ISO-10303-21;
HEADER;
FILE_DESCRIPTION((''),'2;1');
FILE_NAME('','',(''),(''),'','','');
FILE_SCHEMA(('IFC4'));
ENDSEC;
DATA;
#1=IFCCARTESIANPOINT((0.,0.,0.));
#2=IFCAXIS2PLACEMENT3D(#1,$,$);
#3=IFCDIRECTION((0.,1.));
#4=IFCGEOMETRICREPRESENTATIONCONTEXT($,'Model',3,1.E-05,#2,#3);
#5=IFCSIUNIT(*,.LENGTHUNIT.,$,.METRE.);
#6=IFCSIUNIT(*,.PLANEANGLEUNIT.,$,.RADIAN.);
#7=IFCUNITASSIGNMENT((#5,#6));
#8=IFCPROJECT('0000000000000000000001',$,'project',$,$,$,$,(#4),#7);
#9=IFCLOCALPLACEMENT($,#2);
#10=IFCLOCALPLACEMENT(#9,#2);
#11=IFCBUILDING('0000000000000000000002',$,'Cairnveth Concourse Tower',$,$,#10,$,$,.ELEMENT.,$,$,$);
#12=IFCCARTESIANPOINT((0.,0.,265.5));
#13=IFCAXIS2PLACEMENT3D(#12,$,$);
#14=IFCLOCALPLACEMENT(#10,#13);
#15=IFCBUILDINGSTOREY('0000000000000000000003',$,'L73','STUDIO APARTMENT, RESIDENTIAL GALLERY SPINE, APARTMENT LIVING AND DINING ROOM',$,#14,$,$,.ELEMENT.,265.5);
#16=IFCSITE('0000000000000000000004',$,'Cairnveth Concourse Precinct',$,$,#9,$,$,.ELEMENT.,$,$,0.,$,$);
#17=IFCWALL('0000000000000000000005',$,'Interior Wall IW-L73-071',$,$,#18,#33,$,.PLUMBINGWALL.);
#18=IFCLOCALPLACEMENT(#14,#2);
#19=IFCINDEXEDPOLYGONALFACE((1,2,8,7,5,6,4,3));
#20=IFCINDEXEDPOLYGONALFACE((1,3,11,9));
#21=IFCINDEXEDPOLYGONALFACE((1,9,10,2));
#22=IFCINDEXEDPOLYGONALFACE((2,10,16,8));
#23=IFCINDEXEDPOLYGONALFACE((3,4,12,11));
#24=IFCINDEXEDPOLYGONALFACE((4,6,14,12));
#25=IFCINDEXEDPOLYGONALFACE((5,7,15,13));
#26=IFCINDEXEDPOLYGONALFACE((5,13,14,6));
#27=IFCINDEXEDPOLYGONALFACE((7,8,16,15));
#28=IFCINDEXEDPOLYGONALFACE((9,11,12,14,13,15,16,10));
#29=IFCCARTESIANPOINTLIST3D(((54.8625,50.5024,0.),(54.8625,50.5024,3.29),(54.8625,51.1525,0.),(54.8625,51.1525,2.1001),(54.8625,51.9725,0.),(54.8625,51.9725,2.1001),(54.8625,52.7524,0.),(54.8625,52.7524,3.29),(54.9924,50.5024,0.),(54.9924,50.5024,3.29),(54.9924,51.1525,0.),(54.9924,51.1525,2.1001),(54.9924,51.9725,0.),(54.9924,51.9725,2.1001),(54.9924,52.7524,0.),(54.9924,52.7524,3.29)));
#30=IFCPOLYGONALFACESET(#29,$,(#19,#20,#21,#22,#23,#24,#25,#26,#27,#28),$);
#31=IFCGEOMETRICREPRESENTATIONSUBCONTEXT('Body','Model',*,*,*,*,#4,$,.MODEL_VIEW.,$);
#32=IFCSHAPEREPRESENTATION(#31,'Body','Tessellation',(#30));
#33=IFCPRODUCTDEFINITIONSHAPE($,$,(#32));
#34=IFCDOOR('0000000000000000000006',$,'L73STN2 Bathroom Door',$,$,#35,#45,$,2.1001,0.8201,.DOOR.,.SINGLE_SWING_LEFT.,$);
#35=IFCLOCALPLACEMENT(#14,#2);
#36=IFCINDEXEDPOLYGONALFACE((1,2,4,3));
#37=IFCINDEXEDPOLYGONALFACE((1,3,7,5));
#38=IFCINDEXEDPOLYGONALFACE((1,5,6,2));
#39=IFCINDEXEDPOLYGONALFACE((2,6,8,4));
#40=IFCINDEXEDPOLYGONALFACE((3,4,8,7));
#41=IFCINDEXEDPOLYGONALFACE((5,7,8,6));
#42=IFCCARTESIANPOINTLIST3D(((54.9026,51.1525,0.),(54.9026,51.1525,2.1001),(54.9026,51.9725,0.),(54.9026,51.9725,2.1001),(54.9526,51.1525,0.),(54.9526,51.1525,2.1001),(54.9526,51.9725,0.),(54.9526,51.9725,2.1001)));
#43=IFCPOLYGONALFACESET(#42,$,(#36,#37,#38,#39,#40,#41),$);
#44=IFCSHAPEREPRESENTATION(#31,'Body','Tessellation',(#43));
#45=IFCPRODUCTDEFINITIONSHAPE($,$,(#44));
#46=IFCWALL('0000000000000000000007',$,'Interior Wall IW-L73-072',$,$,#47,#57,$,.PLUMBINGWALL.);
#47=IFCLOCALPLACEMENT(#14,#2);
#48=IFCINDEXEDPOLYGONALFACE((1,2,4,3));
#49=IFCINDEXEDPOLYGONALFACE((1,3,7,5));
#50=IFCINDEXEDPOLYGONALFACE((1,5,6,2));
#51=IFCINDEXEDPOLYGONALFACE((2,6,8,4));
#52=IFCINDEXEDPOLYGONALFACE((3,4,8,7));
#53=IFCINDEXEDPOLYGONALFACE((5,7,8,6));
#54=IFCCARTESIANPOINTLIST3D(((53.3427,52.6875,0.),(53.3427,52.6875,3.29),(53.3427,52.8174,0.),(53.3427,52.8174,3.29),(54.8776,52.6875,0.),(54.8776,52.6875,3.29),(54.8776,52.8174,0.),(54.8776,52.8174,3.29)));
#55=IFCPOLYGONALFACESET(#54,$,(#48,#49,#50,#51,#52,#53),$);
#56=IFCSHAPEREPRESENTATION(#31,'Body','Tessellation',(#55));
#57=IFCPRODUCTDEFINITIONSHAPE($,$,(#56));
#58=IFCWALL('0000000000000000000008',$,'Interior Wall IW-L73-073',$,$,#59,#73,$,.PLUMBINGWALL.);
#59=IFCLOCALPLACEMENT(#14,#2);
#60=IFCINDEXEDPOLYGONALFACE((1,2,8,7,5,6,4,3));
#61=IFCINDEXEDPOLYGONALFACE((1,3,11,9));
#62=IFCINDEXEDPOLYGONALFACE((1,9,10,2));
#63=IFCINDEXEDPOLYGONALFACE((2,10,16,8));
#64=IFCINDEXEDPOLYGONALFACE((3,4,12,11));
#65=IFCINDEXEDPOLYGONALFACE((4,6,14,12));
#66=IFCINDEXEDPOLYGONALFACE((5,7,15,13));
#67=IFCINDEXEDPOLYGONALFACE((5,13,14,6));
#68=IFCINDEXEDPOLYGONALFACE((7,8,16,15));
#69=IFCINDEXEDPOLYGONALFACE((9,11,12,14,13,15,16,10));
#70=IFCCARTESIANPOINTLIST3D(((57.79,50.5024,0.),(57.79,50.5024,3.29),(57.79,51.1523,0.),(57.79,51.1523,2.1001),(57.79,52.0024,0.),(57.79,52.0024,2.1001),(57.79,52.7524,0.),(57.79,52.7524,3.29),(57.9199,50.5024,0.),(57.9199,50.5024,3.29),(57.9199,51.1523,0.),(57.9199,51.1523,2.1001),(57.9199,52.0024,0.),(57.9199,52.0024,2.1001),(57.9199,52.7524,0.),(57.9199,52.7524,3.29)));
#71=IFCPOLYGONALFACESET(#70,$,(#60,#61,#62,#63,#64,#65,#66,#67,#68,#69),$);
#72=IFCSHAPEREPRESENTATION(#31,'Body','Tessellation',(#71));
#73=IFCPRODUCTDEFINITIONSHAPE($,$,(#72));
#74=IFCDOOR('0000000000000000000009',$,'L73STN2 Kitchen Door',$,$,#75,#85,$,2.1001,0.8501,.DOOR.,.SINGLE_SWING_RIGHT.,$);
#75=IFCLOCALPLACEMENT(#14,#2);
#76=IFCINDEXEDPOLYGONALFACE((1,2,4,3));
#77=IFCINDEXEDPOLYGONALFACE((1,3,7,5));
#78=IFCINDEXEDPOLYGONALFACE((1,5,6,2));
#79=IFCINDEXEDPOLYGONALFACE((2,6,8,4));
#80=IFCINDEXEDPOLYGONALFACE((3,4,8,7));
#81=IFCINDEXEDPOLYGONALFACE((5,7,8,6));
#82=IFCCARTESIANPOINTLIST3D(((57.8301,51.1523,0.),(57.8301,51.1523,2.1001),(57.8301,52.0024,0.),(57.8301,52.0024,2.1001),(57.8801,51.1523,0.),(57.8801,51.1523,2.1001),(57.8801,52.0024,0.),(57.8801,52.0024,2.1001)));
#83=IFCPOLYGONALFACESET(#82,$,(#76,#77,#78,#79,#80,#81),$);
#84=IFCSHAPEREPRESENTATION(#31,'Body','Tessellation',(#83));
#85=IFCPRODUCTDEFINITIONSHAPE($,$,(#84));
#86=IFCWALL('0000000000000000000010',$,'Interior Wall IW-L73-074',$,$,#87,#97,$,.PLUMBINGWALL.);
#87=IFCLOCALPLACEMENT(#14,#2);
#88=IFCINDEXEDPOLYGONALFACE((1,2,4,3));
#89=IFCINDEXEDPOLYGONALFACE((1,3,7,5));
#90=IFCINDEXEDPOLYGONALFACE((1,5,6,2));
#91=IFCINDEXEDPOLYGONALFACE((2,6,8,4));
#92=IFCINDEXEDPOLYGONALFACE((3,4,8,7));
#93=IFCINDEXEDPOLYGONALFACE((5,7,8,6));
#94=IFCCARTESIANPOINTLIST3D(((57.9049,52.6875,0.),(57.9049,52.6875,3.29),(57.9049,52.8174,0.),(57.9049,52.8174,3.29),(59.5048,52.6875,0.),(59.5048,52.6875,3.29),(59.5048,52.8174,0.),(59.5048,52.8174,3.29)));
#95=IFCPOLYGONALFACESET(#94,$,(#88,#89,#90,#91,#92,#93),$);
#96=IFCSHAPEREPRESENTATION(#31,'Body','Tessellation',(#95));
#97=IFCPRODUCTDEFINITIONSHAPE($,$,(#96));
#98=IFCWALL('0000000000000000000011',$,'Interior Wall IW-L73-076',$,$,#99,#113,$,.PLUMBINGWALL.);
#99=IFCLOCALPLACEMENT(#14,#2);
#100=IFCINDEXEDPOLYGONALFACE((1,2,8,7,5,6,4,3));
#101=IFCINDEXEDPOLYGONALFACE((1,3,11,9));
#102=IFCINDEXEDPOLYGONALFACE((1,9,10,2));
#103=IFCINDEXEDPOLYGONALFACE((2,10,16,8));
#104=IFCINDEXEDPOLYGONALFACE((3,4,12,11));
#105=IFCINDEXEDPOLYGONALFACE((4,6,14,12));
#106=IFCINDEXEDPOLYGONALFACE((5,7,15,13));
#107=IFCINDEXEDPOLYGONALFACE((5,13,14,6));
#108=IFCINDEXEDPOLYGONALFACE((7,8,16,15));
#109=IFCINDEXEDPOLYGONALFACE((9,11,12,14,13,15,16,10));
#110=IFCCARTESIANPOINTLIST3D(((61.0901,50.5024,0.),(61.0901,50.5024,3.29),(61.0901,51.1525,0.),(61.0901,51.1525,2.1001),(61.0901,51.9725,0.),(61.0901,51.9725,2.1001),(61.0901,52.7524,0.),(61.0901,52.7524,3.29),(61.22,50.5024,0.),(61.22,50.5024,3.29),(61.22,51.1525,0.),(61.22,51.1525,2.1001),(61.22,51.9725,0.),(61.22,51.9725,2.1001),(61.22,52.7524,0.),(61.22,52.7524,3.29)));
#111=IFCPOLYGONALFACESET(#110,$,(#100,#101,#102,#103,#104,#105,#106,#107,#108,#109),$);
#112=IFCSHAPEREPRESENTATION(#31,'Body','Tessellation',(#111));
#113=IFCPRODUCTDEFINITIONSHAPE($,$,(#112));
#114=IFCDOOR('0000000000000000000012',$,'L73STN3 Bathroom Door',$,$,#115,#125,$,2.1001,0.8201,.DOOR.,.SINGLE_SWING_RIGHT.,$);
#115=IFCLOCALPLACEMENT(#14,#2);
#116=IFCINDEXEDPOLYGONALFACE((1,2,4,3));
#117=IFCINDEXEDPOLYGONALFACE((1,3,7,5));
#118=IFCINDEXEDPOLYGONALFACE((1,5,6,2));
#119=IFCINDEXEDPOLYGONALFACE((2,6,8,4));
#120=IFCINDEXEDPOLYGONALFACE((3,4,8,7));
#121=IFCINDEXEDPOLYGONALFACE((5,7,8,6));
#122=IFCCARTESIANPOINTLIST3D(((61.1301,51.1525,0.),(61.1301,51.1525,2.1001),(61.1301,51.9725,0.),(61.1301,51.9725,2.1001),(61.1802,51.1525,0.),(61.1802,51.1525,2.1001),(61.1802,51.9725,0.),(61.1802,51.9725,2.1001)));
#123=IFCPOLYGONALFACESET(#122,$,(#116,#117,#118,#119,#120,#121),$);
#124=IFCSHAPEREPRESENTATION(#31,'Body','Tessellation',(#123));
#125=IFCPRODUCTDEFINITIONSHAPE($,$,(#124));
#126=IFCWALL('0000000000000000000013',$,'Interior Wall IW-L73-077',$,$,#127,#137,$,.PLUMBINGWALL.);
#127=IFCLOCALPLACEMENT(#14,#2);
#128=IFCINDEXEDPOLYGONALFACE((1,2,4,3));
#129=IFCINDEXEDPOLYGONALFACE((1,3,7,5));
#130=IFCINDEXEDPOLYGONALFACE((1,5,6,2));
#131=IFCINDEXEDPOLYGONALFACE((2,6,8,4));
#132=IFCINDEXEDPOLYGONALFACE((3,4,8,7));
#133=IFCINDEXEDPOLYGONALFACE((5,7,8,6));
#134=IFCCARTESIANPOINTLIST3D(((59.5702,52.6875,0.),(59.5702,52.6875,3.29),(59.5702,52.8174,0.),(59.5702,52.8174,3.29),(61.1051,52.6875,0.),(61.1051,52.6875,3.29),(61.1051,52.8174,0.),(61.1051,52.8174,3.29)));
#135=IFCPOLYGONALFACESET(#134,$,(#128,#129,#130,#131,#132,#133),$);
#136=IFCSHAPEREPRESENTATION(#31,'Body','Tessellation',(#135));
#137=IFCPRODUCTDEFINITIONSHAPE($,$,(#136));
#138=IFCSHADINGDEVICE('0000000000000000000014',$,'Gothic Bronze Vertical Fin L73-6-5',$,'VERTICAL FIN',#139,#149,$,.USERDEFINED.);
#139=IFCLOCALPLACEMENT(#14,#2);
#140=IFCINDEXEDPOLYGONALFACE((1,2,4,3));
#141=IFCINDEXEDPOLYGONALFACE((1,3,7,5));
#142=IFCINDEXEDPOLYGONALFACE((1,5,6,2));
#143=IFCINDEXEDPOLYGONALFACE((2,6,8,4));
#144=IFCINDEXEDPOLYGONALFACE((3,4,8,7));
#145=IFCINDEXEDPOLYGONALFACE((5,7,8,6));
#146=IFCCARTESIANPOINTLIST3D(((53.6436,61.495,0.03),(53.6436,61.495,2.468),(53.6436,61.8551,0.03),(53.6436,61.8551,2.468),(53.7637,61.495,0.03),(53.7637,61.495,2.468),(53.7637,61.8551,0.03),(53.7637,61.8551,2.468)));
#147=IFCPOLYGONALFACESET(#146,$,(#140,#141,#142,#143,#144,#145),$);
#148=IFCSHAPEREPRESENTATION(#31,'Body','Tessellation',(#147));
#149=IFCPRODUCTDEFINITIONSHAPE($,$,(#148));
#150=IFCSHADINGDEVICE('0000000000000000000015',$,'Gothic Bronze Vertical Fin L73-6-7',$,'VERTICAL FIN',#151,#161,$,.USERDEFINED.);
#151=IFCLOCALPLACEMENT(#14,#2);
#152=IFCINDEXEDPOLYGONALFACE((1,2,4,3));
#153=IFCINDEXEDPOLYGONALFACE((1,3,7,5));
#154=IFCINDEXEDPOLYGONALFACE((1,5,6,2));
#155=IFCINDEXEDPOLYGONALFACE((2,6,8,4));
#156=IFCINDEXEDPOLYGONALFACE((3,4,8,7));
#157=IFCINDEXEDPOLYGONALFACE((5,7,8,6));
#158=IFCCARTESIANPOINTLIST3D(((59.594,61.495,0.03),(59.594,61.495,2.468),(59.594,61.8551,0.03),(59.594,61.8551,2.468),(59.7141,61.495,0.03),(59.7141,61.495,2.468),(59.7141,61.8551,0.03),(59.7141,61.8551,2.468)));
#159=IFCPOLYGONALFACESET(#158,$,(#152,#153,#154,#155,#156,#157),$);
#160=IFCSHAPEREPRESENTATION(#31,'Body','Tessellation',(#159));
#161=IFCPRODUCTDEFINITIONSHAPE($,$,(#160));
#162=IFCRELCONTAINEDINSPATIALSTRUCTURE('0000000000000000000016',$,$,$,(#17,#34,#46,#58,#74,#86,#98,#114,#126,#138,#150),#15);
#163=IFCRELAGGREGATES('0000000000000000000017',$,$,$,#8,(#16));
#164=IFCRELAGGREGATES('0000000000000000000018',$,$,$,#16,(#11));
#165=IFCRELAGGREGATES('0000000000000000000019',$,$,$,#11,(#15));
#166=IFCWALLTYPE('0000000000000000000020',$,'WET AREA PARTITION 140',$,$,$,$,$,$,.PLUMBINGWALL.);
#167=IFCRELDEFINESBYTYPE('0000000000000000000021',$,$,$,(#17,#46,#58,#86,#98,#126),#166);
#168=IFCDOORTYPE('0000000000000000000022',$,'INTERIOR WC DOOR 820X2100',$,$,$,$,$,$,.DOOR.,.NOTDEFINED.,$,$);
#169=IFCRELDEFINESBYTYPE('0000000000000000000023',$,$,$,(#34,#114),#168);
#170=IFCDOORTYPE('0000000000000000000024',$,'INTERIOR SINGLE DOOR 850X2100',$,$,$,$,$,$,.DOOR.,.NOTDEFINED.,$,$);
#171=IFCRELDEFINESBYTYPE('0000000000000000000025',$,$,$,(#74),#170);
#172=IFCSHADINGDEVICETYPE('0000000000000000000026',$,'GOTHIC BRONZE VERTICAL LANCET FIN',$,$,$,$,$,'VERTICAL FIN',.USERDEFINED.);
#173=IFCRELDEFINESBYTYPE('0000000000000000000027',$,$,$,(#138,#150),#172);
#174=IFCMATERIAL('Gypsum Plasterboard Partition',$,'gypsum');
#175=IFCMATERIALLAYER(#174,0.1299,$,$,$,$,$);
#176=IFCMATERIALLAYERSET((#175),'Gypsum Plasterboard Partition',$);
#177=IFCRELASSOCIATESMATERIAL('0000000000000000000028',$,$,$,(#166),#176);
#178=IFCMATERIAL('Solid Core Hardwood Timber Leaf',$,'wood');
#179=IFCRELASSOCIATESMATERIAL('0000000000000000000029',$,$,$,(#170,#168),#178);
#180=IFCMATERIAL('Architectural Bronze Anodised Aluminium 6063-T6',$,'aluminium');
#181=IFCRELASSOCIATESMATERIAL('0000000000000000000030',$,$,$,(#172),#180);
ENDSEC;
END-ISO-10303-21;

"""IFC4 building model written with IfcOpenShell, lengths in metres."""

from ifc_helpers import new_model, si_unit, direction, frame, frame_2d, origin, origin_2d, place, context, subcontext, project, spatial, rectangle, extrude, material, layer, layer_set, type_object, element, fill, save


model = new_model("IFC4")

# Units and contexts
model_context = context("Model", 3, precision=1e-05, world=origin(), true_north=direction((0.0, 1.0)))
body_context = subcontext(model_context, "Body", "Model", "MODEL_VIEW")
ifc_project = project(units=[si_unit("LENGTHUNIT", "METRE"), si_unit("PLANEANGLEUNIT", "RADIAN")], contexts=[model_context])

# Site, building, storey
site_placement = place(None, origin())
site = spatial("IfcSite", under=ifc_project, at=site_placement, Name="Cairnveth Concourse Precinct", CompositionType="ELEMENT", RefElevation=0.0)
building_placement = place(site_placement, origin())
building = spatial("IfcBuilding", under=site, at=building_placement, Name="Cairnveth Concourse Tower", CompositionType="ELEMENT")
storey_placement = place(building_placement, frame((0.0, 0.0, 265.5)))
storey = spatial("IfcBuildingStorey", under=building, at=storey_placement, Name="L73", Description="STUDIO APARTMENT, RESIDENTIAL GALLERY SPINE, APARTMENT LIVING AND DINING ROOM", CompositionType="ELEMENT", Elevation=265.5)

# Shared definitions
ifc_material_1 = material(Name="Gypsum Plasterboard Partition", Category="gypsum")

# Shared definitions
ifc_layer_1 = layer(ifc_material_1, 0.1299)
ifc_layer_set_1 = layer_set([ifc_layer_1], Name="Gypsum Plasterboard Partition")
wall_type_1 = type_object("IfcWallType", Name="WET AREA PARTITION 140", PredefinedType="PLUMBINGWALL", material=ifc_layer_set_1)
ifc_material_2 = material(Name="Solid Core Hardwood Timber Leaf", Category="wood")
door_type_1 = type_object("IfcDoorType", Name="INTERIOR SINGLE DOOR 850X2100", OperationType="NOTDEFINED", PredefinedType="DOOR", material=ifc_material_2)

# Wall, opening, door
wall_1_placement = place(storey_placement, frame((54.9275, 50.5024, 0.0), z_axis=(0.0, 0.0, 1.0), x_axis=(0.0, 1.0, 0.0)))
wall_1 = element("IfcWall", 1, at=wall_1_placement, inside=storey, type_object=wall_type_1, Name="Interior Wall IW-L73-071", PredefinedType="PLUMBINGWALL", context=body_context, shape_type="SweptSolid", body=[
    extrude(rectangle(XDim=2.25, YDim=0.1299, at=frame_2d((1.125, 0.0))), origin(), (0.0, 0.0, 1.0), 3.29),
])
opening_1_placement = place(wall_1_placement, frame((0.6499, 0.0, 0.0)))
opening_1 = element("IfcOpeningElement", 2, at=opening_1_placement, cuts=wall_1, PredefinedType="OPENING", context=body_context, shape_type="SweptSolid", body=[
    extrude(rectangle(XDim=0.8201, YDim=2.1001, at=frame_2d((0.4102, 1.05))), frame((0.0, 0.075, 0.0), z_axis=(0.0, -1.0, 0.0), x_axis=(1.0, 0.0, 0.0)), (0.0, 0.0, 1.0), 0.1499),
])
door_type_2 = type_object("IfcDoorType", Name="INTERIOR WC DOOR 820X2100", OperationType="NOTDEFINED", PredefinedType="DOOR", material=ifc_material_2)
door_1_placement = place(opening_1_placement, origin())
door_1 = element("IfcDoor", 3, at=door_1_placement, inside=storey, type_object=door_type_2, Name="L73STN2 Bathroom Door", OperationType="SINGLE_SWING_LEFT", OverallHeight=2.1001, OverallWidth=0.8201, PredefinedType="DOOR", context=body_context, shape_type="SweptSolid", body=[
    extrude(rectangle(XDim=0.8201, YDim=2.1001, at=frame_2d((0.4102, 1.05))), frame((0.0, 0.0249, 0.0), z_axis=(0.0, -1.0, 0.0), x_axis=(1.0, 0.0, 0.0)), (0.0, 0.0, 1.0), 0.05),
])
fill(opening_1, door_1)

# Wall
wall_2_placement = place(storey_placement, frame((53.3425, 52.7524, 0.0), z_axis=(0.0, 0.0, 1.0), x_axis=(1.0, 0.0, 0.0)))
element("IfcWall", 4, at=wall_2_placement, inside=storey, type_object=wall_type_1, Name="Interior Wall IW-L73-072", PredefinedType="PLUMBINGWALL", context=body_context, shape_type="SweptSolid", body=[
    extrude(rectangle(XDim=1.5349, YDim=0.1299, at=frame_2d((0.7676, 0.0))), origin(), (0.0, 0.0, 1.0), 3.29),
])

# Wall, opening, door
wall_3_placement = place(storey_placement, frame((57.855, 50.5024, 0.0), z_axis=(0.0, 0.0, 1.0), x_axis=(0.0, 1.0, 0.0)))
wall_3 = element("IfcWall", 5, at=wall_3_placement, inside=storey, type_object=wall_type_1, Name="Interior Wall IW-L73-073", PredefinedType="PLUMBINGWALL", context=body_context, shape_type="SweptSolid", body=[
    extrude(rectangle(XDim=2.25, YDim=0.1299, at=frame_2d((1.125, 0.0))), origin(), (0.0, 0.0, 1.0), 3.29),
])
opening_2_placement = place(wall_3_placement, frame((0.6499, 0.0, 0.0)))
opening_2 = element("IfcOpeningElement", 6, at=opening_2_placement, cuts=wall_3, PredefinedType="OPENING", context=body_context, shape_type="SweptSolid", body=[
    extrude(rectangle(XDim=0.8501, YDim=2.1001, at=frame_2d((0.425, 1.05))), frame((0.0, 0.075, 0.0), z_axis=(0.0, -1.0, 0.0), x_axis=(1.0, 0.0, 0.0)), (0.0, 0.0, 1.0), 0.1499),
])
door_2_placement = place(opening_2_placement, origin())
door_2 = element("IfcDoor", 7, at=door_2_placement, inside=storey, type_object=door_type_1, Name="L73STN2 Kitchen Door", OperationType="SINGLE_SWING_RIGHT", OverallHeight=2.1001, OverallWidth=0.8501, PredefinedType="DOOR", context=body_context, shape_type="SweptSolid", body=[
    extrude(rectangle(XDim=0.8501, YDim=2.1001, at=frame_2d((0.425, 1.05))), frame((0.0, 0.0249, 0.0), z_axis=(0.0, -1.0, 0.0), x_axis=(1.0, 0.0, 0.0)), (0.0, 0.0, 1.0), 0.05),
])
fill(opening_2, door_2)

# Wall
wall_4_placement = place(storey_placement, frame((57.905, 52.7524, 0.0), z_axis=(0.0, 0.0, 1.0), x_axis=(1.0, 0.0, 0.0)))
element("IfcWall", 8, at=wall_4_placement, inside=storey, type_object=wall_type_1, Name="Interior Wall IW-L73-074", PredefinedType="PLUMBINGWALL", context=body_context, shape_type="SweptSolid", body=[
    extrude(rectangle(XDim=1.5999, YDim=0.1299, at=frame_2d((0.7998, 0.0))), origin(), (0.0, 0.0, 1.0), 3.29),
])

# Wall, opening, door
wall_5_placement = place(storey_placement, frame((61.155, 50.5024, 0.0), z_axis=(0.0, 0.0, 1.0), x_axis=(0.0, 1.0, 0.0)))
wall_5 = element("IfcWall", 9, at=wall_5_placement, inside=storey, type_object=wall_type_1, Name="Interior Wall IW-L73-076", PredefinedType="PLUMBINGWALL", context=body_context, shape_type="SweptSolid", body=[
    extrude(rectangle(XDim=2.25, YDim=0.1299, at=frame_2d((1.125, 0.0))), origin(), (0.0, 0.0, 1.0), 3.29),
])
opening_3_placement = place(wall_5_placement, frame((0.6499, 0.0, 0.0)))
opening_3 = element("IfcOpeningElement", 10, at=opening_3_placement, cuts=wall_5, PredefinedType="OPENING", context=body_context, shape_type="SweptSolid", body=[
    extrude(rectangle(XDim=0.8201, YDim=2.1001, at=frame_2d((0.4102, 1.05))), frame((0.0, 0.075, 0.0), z_axis=(0.0, -1.0, 0.0), x_axis=(1.0, 0.0, 0.0)), (0.0, 0.0, 1.0), 0.1499),
])
door_3_placement = place(opening_3_placement, origin())
door_3 = element("IfcDoor", 11, at=door_3_placement, inside=storey, type_object=door_type_2, Name="L73STN3 Bathroom Door", OperationType="SINGLE_SWING_RIGHT", OverallHeight=2.1001, OverallWidth=0.8201, PredefinedType="DOOR", context=body_context, shape_type="SweptSolid", body=[
    extrude(rectangle(XDim=0.8201, YDim=2.1001, at=frame_2d((0.4102, 1.05))), frame((0.0, 0.0249, 0.0), z_axis=(0.0, -1.0, 0.0), x_axis=(1.0, 0.0, 0.0)), (0.0, 0.0, 1.0), 0.05),
])
fill(opening_3, door_3)

# Wall
wall_6_placement = place(storey_placement, frame((59.5701, 52.7524, 0.0), z_axis=(0.0, 0.0, 1.0), x_axis=(1.0, 0.0, 0.0)))
element("IfcWall", 12, at=wall_6_placement, inside=storey, type_object=wall_type_1, Name="Interior Wall IW-L73-077", PredefinedType="PLUMBINGWALL", context=body_context, shape_type="SweptSolid", body=[
    extrude(rectangle(XDim=1.5349, YDim=0.1299, at=frame_2d((0.7676, 0.0))), origin(), (0.0, 0.0, 1.0), 3.29),
])

# Shading devices
ifc_material_3 = material(Name="Architectural Bronze Anodised Aluminium 6063-T6", Category="aluminium")
shading_device_type = type_object("IfcShadingDeviceType", Name="GOTHIC BRONZE VERTICAL LANCET FIN", ElementType="VERTICAL FIN", PredefinedType="USERDEFINED", material=ifc_material_3)
for number, where, z_axis, x_axis, name in (
    (13, (53.7036, 61.675, 0.03), (0.0, 0.0, 1.0), (1.0, 0.0, 0.0), "Gothic Bronze Vertical Fin L73-6-5"),
    (14, (59.6541, 61.675, 0.03), (0.0, 0.0, 1.0), (1.0, 0.0, 0.0), "Gothic Bronze Vertical Fin L73-6-7"),
):
    element("IfcShadingDevice", number, at=place(storey_placement, frame(where, z_axis=z_axis, x_axis=x_axis)), inside=storey, type_object=shading_device_type, Name=name, ObjectType="VERTICAL FIN", PredefinedType="USERDEFINED", context=body_context, shape_type="SweptSolid", body=[
        extrude(rectangle(XDim=0.1201, YDim=0.3601, at=origin_2d()), origin(), (0.0, 0.0, 1.0), 2.438),
    ])

save(model, "model.ifc")
